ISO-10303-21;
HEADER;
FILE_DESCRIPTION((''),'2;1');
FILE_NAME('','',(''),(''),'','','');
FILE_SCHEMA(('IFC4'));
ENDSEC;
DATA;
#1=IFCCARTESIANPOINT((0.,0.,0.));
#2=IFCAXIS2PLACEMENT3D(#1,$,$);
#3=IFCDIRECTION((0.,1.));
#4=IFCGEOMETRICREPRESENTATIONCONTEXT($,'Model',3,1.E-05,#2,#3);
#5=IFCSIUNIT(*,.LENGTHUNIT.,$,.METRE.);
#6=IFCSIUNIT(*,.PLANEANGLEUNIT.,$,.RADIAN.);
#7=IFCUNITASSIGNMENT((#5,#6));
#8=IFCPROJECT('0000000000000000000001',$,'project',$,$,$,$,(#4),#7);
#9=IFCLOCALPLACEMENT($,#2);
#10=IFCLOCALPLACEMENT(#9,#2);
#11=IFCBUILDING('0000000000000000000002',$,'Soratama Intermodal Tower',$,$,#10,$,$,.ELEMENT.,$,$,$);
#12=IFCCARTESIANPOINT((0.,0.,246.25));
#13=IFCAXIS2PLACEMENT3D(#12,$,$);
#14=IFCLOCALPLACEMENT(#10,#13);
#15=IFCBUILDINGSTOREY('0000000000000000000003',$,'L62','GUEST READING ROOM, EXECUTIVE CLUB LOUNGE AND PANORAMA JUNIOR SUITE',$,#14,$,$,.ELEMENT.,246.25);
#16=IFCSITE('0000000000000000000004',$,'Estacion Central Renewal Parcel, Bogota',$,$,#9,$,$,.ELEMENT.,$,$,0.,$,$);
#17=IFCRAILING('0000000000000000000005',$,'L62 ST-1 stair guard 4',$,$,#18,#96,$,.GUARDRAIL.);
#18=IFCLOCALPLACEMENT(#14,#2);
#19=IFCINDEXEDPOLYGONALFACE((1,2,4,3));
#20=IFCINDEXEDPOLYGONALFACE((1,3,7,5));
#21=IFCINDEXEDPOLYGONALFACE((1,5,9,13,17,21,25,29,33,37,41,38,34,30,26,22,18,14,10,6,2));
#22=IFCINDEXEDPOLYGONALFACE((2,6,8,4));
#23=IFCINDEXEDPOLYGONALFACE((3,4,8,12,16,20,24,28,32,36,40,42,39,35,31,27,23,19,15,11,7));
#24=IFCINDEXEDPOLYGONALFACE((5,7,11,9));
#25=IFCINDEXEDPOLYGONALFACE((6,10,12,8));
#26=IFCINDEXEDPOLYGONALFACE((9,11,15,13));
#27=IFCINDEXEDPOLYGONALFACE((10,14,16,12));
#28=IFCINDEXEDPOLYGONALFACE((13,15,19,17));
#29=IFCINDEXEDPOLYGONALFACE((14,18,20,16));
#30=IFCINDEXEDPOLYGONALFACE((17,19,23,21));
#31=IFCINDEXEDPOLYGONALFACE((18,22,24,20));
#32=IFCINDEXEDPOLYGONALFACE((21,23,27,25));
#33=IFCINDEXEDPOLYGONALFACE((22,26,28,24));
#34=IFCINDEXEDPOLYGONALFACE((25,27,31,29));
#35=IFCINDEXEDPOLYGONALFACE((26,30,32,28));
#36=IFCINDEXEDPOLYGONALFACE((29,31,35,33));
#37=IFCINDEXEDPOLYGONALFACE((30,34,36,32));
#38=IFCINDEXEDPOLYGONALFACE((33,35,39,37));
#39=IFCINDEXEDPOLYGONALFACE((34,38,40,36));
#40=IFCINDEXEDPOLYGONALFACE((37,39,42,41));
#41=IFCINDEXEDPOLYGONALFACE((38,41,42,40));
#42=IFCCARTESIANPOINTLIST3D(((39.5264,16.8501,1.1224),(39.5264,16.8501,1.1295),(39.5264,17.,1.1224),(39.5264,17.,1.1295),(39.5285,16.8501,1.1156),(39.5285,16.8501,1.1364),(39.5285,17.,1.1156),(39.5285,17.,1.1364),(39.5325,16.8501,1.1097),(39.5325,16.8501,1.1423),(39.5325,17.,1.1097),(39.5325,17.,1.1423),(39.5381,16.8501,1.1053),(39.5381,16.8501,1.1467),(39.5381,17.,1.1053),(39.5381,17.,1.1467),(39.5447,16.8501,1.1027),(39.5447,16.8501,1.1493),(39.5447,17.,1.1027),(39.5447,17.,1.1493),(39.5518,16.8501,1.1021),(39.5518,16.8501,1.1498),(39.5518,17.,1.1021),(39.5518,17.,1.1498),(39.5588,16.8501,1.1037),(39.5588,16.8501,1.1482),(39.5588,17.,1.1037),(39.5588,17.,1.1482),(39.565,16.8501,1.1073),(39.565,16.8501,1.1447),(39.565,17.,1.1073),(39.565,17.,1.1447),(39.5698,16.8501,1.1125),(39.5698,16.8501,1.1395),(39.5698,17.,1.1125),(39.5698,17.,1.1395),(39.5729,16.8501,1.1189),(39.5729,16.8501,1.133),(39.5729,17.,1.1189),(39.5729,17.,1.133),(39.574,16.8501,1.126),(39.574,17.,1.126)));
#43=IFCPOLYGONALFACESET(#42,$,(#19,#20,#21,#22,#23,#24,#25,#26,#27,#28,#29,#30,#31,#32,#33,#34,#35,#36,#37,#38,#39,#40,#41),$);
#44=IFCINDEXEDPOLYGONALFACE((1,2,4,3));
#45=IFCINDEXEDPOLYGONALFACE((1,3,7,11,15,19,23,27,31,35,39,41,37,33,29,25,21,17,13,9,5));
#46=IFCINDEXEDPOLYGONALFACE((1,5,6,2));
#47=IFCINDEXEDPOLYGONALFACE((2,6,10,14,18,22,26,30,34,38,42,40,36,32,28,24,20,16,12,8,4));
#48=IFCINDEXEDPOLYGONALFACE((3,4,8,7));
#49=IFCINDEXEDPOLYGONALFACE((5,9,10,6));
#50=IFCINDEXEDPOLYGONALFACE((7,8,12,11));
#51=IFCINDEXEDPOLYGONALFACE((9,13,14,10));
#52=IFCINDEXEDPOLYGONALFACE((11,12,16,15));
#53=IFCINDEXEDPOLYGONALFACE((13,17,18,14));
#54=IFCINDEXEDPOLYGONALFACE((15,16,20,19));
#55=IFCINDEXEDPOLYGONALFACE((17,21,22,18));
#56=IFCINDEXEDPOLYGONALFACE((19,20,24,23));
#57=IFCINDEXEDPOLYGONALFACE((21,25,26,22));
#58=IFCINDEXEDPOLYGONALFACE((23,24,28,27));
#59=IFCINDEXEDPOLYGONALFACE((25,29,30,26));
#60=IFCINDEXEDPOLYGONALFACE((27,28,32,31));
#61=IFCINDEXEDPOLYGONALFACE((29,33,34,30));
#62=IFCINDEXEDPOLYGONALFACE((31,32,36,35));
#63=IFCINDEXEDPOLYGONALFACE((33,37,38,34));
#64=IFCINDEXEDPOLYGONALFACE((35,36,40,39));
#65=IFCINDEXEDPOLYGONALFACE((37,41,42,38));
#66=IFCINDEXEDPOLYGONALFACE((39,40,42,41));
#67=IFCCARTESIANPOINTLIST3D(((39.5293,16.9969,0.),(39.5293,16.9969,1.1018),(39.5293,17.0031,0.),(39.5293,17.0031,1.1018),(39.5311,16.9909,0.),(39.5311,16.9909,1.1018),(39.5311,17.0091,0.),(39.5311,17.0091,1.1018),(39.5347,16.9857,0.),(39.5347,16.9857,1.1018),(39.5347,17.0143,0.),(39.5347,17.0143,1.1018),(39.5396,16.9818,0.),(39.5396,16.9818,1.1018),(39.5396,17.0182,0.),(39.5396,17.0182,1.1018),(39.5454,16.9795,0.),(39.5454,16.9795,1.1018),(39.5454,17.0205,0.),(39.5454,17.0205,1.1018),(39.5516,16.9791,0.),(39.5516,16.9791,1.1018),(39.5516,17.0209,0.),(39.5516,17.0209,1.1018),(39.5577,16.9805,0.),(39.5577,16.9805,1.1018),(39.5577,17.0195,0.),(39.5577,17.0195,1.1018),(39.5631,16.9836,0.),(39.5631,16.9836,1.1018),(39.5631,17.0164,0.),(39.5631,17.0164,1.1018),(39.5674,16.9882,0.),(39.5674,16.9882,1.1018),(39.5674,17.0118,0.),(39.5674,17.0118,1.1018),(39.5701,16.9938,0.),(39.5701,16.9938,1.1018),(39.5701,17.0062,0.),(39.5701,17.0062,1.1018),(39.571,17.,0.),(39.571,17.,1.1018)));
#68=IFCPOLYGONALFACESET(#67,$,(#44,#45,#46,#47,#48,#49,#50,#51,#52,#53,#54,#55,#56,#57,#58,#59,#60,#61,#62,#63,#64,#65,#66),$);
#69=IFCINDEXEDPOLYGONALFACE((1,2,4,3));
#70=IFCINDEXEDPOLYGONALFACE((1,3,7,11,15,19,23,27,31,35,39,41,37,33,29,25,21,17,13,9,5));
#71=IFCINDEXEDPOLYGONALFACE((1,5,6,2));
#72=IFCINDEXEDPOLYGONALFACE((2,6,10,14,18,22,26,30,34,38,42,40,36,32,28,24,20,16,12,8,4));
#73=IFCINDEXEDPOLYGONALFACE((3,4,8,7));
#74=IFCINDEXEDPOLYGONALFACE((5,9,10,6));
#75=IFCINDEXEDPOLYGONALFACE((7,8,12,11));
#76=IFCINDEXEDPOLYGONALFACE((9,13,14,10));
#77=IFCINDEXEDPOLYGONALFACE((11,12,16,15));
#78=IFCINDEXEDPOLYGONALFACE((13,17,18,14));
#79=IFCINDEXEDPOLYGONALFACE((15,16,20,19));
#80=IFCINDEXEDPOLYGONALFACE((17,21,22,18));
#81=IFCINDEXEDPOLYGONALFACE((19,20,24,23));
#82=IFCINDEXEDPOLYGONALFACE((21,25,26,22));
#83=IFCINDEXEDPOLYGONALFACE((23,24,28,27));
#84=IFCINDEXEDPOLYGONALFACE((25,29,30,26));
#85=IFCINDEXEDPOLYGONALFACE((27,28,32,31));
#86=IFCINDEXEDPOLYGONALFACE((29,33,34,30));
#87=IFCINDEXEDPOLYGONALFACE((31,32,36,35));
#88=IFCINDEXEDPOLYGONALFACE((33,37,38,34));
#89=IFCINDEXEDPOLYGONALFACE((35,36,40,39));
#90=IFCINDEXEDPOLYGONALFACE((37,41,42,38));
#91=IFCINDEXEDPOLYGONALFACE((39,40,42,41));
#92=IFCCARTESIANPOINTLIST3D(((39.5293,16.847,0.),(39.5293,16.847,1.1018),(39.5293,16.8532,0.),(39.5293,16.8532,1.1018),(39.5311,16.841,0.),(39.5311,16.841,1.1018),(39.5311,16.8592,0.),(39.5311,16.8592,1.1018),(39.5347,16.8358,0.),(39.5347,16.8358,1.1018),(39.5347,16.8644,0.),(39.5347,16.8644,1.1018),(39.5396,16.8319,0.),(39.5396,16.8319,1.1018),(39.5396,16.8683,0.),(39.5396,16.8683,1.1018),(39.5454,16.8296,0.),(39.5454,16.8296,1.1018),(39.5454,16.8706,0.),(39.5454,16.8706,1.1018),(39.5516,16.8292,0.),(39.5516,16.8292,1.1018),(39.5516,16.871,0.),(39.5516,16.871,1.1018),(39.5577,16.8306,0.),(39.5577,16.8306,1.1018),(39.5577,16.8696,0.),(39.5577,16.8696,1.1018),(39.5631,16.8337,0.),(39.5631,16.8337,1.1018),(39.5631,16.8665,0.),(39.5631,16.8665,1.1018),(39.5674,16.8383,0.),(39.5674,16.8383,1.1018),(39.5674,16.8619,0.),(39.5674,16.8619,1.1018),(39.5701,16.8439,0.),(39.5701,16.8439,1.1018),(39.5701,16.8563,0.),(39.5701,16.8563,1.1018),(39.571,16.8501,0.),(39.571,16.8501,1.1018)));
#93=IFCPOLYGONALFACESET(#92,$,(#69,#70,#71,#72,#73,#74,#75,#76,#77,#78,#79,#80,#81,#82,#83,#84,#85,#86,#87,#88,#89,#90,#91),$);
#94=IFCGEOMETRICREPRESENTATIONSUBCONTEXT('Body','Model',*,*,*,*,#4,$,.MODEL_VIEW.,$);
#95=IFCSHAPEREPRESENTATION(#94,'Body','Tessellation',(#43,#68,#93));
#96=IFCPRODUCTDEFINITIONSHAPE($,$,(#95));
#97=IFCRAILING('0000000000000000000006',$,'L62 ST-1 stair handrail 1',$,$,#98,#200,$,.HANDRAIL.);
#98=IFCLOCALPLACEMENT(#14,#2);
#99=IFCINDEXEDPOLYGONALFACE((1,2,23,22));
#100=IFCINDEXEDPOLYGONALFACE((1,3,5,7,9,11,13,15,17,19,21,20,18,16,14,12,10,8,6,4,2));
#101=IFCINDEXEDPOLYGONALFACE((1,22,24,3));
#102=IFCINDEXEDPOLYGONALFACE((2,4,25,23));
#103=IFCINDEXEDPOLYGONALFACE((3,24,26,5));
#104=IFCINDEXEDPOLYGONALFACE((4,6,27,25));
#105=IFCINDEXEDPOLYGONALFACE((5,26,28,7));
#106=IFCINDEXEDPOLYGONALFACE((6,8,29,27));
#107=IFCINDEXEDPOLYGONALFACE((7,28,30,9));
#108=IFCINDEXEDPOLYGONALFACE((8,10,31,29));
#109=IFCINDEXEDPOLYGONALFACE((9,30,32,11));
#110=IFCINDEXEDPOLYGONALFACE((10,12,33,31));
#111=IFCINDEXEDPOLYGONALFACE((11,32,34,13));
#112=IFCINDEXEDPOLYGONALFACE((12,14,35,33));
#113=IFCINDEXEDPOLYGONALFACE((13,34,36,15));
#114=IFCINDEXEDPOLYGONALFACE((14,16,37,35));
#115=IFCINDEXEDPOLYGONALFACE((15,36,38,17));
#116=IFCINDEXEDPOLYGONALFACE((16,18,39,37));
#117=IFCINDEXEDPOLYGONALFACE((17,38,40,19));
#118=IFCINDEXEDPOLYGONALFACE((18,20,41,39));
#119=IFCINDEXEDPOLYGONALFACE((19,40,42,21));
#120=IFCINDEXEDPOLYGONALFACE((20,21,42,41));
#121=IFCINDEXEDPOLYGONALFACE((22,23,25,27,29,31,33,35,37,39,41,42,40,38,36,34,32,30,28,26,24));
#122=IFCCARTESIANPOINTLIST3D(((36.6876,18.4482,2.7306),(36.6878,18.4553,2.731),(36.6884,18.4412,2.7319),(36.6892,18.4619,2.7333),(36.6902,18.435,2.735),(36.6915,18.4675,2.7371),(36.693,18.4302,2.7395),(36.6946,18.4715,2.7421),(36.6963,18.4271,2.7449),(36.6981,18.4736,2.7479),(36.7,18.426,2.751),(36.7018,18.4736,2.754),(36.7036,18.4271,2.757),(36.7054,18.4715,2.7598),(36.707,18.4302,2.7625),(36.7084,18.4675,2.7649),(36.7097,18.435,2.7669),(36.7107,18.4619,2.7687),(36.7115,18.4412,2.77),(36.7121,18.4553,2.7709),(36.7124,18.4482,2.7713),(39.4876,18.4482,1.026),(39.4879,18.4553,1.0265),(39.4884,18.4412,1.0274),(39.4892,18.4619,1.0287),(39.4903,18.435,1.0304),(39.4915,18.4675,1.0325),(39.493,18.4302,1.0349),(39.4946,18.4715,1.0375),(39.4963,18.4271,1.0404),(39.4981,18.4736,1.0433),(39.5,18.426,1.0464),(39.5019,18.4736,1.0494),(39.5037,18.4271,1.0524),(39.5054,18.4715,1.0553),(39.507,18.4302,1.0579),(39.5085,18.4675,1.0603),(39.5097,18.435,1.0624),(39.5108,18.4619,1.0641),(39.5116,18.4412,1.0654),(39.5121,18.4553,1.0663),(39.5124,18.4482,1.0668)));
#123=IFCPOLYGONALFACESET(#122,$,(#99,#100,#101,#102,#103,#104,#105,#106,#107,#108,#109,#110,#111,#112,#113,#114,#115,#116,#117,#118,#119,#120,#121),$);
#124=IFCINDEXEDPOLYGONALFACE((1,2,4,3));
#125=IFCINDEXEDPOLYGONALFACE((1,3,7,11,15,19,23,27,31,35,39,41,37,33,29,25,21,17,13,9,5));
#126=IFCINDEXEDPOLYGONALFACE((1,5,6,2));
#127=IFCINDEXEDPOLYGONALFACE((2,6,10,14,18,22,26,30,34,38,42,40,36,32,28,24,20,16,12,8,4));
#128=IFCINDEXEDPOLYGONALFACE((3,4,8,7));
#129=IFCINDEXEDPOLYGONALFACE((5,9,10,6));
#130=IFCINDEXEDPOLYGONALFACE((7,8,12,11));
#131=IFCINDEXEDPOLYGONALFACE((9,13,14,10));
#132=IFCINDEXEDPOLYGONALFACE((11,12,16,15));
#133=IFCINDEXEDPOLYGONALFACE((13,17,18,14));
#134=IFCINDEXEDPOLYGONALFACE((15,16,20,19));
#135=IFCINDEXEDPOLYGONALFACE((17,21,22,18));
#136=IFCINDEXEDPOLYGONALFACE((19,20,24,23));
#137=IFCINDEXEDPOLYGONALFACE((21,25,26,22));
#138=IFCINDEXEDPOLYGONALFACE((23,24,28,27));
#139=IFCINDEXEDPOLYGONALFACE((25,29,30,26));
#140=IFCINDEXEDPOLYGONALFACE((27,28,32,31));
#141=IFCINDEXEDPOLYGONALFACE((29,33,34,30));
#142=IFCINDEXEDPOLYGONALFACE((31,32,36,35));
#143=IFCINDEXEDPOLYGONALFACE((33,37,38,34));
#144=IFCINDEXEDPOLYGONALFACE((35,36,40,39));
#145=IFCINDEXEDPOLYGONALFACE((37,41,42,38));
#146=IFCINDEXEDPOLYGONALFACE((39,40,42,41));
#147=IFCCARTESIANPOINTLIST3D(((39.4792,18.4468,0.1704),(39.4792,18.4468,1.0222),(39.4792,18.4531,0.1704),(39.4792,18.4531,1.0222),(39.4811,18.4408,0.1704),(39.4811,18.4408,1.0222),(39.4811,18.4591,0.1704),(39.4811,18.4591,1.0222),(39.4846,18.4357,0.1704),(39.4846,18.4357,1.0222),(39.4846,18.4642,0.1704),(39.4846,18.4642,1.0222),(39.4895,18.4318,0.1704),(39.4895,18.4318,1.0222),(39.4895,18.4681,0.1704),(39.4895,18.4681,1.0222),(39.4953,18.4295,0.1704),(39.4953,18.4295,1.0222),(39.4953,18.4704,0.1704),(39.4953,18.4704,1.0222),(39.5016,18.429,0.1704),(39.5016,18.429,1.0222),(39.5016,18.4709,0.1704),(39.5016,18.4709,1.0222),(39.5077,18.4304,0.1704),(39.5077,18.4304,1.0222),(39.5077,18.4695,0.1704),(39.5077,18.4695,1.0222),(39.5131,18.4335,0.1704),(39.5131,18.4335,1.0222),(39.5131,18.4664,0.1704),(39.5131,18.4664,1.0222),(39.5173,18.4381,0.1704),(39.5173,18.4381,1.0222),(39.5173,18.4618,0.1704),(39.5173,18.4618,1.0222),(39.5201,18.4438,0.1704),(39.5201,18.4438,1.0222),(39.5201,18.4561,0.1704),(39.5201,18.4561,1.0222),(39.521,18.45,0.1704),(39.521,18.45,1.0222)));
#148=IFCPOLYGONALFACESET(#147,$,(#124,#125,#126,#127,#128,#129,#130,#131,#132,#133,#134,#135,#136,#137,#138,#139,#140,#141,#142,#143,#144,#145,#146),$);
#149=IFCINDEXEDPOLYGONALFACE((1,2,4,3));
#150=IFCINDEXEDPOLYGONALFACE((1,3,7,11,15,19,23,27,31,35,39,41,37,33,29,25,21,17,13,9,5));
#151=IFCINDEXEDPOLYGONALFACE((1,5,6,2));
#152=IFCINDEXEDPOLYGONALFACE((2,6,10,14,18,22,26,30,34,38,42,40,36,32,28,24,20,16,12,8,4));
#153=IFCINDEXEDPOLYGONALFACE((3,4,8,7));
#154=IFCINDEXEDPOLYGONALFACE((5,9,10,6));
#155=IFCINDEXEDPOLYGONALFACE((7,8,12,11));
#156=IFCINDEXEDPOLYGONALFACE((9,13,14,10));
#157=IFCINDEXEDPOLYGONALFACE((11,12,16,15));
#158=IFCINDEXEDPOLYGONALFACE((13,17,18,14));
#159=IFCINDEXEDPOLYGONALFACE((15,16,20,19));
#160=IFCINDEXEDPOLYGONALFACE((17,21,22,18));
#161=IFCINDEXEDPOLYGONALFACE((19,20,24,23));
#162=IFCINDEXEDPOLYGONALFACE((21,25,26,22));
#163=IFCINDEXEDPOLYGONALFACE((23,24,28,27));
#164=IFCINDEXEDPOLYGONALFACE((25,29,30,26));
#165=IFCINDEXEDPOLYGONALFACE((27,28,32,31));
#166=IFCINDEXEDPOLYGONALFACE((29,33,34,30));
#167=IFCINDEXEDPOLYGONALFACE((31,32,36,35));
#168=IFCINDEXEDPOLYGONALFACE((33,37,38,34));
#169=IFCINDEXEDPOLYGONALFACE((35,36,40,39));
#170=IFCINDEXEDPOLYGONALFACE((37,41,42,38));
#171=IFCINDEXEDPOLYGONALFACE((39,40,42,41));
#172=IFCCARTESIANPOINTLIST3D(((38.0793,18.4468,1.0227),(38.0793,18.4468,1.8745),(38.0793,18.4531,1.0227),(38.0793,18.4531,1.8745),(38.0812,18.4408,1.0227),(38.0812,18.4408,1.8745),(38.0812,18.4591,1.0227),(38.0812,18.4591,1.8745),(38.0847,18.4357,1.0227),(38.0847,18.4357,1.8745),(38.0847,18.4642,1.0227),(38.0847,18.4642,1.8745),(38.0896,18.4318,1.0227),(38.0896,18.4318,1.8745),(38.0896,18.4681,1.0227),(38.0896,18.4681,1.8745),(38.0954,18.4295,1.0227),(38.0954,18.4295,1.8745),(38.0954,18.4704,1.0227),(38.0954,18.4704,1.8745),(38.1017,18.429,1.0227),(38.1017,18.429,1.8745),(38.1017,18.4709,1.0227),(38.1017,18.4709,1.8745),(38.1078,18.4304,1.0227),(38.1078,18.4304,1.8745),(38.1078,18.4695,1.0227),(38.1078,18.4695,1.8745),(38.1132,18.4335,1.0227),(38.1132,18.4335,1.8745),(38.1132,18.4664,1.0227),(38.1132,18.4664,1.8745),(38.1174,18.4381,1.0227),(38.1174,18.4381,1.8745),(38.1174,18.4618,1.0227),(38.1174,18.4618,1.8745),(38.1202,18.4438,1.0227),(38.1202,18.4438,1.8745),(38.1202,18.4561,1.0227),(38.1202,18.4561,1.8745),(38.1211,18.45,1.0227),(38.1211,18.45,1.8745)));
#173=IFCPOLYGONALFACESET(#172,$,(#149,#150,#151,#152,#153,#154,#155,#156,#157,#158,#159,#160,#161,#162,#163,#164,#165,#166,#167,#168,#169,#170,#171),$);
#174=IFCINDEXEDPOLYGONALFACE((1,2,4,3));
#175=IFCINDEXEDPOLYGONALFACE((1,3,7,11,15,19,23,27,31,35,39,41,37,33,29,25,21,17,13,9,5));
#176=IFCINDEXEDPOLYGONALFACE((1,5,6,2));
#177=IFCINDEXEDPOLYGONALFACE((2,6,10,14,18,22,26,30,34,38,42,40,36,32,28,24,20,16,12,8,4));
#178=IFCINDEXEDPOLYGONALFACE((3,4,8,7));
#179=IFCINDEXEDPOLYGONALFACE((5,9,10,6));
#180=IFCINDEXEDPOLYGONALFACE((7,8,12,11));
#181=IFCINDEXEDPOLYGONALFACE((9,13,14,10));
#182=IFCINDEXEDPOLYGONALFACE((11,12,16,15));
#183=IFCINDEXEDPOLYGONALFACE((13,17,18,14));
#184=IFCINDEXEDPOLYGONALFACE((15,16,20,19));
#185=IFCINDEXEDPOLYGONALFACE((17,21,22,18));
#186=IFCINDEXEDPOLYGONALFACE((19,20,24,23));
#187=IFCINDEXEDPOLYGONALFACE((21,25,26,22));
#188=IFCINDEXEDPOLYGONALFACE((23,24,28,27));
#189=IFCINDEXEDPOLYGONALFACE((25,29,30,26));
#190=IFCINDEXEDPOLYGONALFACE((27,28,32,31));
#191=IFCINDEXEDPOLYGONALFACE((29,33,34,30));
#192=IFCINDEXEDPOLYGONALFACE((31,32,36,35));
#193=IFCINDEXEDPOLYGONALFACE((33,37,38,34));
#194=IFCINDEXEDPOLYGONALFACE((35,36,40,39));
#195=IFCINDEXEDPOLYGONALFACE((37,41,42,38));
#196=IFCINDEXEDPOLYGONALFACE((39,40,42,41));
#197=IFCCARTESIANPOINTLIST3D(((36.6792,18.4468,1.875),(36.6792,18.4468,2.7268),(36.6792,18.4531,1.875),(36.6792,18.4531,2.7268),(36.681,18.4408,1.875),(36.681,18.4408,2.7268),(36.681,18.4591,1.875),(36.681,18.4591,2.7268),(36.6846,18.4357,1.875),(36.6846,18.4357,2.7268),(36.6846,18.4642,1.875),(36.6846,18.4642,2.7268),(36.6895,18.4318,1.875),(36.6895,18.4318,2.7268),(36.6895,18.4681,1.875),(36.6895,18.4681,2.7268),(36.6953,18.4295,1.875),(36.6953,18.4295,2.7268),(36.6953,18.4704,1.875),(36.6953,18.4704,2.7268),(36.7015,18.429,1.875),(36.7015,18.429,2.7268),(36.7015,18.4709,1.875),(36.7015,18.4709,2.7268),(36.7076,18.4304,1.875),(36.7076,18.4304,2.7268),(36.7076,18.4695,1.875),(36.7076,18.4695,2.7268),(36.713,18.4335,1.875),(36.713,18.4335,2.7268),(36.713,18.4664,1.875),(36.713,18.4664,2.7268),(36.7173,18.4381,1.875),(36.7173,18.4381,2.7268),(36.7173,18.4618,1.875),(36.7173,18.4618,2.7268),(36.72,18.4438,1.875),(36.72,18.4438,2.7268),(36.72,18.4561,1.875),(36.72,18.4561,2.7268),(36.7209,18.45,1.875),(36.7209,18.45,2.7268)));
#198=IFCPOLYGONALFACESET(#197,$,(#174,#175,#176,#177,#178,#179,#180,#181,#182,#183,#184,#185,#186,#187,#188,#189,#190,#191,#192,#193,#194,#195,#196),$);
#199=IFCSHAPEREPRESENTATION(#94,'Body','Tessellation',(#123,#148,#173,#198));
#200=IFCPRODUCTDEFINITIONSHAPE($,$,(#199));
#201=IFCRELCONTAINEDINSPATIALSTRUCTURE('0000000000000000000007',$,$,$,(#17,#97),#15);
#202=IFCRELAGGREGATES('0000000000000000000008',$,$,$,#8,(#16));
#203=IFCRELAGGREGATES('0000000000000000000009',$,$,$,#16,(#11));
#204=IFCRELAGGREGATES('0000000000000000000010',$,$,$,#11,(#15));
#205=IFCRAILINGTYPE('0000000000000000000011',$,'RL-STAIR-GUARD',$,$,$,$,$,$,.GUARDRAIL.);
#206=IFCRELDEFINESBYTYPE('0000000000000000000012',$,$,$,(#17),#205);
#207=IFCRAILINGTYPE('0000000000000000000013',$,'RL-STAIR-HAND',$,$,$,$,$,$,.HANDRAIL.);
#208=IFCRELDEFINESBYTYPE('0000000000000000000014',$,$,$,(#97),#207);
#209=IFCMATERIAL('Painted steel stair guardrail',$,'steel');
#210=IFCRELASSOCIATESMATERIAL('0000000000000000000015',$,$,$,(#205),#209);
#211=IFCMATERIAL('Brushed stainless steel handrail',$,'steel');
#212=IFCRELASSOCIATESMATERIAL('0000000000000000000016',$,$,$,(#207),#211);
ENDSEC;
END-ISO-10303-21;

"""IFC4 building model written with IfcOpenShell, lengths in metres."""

from ifc_helpers import new_model, si_unit, direction, frame, origin, origin_2d, place, context, subcontext, project, spatial, circle, extrude, material, type_object, element, save


model = new_model("IFC4")

# Units and contexts
model_context = context("Model", 3, precision=1e-05, world=origin(), true_north=direction((0.0, 1.0)))
body_context = subcontext(model_context, "Body", "Model", "MODEL_VIEW")
ifc_project = project(units=[si_unit("LENGTHUNIT", "METRE"), si_unit("PLANEANGLEUNIT", "RADIAN")], contexts=[model_context])

# Site, building, storey
site_placement = place(None, origin())
site = spatial("IfcSite", under=ifc_project, at=site_placement, Name="Estacion Central Renewal Parcel, Bogota", CompositionType="ELEMENT", RefElevation=0.0)
building_placement = place(site_placement, origin())
building = spatial("IfcBuilding", under=site, at=building_placement, Name="Soratama Intermodal Tower", CompositionType="ELEMENT")
storey_placement = place(building_placement, frame((0.0, 0.0, 246.25)))
storey = spatial("IfcBuildingStorey", under=building, at=storey_placement, Name="L62", Description="GUEST READING ROOM, EXECUTIVE CLUB LOUNGE AND PANORAMA JUNIOR SUITE", CompositionType="ELEMENT", Elevation=246.25)

# Railings
ifc_material_1 = material(Name="Painted steel stair guardrail", Category="steel")
railing_type_1 = type_object("IfcRailingType", Name="RL-STAIR-GUARD", PredefinedType="GUARDRAIL", material=ifc_material_1)
railing_1_placement = place(storey_placement, frame((39.55, 17.0, 0.0)))
element("IfcRailing", 1, at=railing_1_placement, inside=storey, type_object=railing_type_1, Name="L62 ST-1 stair guard 4", PredefinedType="GUARDRAIL", context=body_context, shape_type="SweptSolid", body=[
    extrude(circle(Radius=0.0239, at=origin_2d()), frame((0.0, 0.0, 1.126), z_axis=(0.0, -1.0, 0.0), x_axis=(1.0, 0.0, 0.0)), (0.0, 0.0, 1.0), 0.1499),
    extrude(circle(Radius=0.021, at=origin_2d()), origin(), (0.0, 0.0, 1.0), 1.1018),
    extrude(circle(Radius=0.021, at=origin_2d()), frame((0.0, -0.1499, 0.0)), (0.0, 0.0, 1.0), 1.1018),
])
ifc_material_2 = material(Name="Brushed stainless steel handrail", Category="steel")
railing_type_2 = type_object("IfcRailingType", Name="RL-STAIR-HAND", PredefinedType="HANDRAIL", material=ifc_material_2)
railing_2_placement = place(storey_placement, frame((39.5, 18.45, 0.1704)))
element("IfcRailing", 2, at=railing_2_placement, inside=storey, type_object=railing_type_2, Name="L62 ST-1 stair handrail 1", PredefinedType="HANDRAIL", context=body_context, shape_type="SweptSolid", body=[
    extrude(circle(Radius=0.0239, at=origin_2d()), frame((0.0, 0.0, 0.876), z_axis=(-0.85417, 0.0, 0.519994), x_axis=(0.0, -1.0, 0.0)), (0.0, 0.0, 1.0), 3.2781),
    extrude(circle(Radius=0.021, at=origin_2d()), origin(), (0.0, 0.0, 1.0), 0.8518),
    extrude(circle(Radius=0.021, at=origin_2d()), frame((-1.3999, 0.0, 0.8523)), (0.0, 0.0, 1.0), 0.8518),
    extrude(circle(Radius=0.021, at=origin_2d()), frame((-2.8, 0.0, 1.7046)), (0.0, 0.0, 1.0), 0.8518),
])

save(model, "model.ifc")
